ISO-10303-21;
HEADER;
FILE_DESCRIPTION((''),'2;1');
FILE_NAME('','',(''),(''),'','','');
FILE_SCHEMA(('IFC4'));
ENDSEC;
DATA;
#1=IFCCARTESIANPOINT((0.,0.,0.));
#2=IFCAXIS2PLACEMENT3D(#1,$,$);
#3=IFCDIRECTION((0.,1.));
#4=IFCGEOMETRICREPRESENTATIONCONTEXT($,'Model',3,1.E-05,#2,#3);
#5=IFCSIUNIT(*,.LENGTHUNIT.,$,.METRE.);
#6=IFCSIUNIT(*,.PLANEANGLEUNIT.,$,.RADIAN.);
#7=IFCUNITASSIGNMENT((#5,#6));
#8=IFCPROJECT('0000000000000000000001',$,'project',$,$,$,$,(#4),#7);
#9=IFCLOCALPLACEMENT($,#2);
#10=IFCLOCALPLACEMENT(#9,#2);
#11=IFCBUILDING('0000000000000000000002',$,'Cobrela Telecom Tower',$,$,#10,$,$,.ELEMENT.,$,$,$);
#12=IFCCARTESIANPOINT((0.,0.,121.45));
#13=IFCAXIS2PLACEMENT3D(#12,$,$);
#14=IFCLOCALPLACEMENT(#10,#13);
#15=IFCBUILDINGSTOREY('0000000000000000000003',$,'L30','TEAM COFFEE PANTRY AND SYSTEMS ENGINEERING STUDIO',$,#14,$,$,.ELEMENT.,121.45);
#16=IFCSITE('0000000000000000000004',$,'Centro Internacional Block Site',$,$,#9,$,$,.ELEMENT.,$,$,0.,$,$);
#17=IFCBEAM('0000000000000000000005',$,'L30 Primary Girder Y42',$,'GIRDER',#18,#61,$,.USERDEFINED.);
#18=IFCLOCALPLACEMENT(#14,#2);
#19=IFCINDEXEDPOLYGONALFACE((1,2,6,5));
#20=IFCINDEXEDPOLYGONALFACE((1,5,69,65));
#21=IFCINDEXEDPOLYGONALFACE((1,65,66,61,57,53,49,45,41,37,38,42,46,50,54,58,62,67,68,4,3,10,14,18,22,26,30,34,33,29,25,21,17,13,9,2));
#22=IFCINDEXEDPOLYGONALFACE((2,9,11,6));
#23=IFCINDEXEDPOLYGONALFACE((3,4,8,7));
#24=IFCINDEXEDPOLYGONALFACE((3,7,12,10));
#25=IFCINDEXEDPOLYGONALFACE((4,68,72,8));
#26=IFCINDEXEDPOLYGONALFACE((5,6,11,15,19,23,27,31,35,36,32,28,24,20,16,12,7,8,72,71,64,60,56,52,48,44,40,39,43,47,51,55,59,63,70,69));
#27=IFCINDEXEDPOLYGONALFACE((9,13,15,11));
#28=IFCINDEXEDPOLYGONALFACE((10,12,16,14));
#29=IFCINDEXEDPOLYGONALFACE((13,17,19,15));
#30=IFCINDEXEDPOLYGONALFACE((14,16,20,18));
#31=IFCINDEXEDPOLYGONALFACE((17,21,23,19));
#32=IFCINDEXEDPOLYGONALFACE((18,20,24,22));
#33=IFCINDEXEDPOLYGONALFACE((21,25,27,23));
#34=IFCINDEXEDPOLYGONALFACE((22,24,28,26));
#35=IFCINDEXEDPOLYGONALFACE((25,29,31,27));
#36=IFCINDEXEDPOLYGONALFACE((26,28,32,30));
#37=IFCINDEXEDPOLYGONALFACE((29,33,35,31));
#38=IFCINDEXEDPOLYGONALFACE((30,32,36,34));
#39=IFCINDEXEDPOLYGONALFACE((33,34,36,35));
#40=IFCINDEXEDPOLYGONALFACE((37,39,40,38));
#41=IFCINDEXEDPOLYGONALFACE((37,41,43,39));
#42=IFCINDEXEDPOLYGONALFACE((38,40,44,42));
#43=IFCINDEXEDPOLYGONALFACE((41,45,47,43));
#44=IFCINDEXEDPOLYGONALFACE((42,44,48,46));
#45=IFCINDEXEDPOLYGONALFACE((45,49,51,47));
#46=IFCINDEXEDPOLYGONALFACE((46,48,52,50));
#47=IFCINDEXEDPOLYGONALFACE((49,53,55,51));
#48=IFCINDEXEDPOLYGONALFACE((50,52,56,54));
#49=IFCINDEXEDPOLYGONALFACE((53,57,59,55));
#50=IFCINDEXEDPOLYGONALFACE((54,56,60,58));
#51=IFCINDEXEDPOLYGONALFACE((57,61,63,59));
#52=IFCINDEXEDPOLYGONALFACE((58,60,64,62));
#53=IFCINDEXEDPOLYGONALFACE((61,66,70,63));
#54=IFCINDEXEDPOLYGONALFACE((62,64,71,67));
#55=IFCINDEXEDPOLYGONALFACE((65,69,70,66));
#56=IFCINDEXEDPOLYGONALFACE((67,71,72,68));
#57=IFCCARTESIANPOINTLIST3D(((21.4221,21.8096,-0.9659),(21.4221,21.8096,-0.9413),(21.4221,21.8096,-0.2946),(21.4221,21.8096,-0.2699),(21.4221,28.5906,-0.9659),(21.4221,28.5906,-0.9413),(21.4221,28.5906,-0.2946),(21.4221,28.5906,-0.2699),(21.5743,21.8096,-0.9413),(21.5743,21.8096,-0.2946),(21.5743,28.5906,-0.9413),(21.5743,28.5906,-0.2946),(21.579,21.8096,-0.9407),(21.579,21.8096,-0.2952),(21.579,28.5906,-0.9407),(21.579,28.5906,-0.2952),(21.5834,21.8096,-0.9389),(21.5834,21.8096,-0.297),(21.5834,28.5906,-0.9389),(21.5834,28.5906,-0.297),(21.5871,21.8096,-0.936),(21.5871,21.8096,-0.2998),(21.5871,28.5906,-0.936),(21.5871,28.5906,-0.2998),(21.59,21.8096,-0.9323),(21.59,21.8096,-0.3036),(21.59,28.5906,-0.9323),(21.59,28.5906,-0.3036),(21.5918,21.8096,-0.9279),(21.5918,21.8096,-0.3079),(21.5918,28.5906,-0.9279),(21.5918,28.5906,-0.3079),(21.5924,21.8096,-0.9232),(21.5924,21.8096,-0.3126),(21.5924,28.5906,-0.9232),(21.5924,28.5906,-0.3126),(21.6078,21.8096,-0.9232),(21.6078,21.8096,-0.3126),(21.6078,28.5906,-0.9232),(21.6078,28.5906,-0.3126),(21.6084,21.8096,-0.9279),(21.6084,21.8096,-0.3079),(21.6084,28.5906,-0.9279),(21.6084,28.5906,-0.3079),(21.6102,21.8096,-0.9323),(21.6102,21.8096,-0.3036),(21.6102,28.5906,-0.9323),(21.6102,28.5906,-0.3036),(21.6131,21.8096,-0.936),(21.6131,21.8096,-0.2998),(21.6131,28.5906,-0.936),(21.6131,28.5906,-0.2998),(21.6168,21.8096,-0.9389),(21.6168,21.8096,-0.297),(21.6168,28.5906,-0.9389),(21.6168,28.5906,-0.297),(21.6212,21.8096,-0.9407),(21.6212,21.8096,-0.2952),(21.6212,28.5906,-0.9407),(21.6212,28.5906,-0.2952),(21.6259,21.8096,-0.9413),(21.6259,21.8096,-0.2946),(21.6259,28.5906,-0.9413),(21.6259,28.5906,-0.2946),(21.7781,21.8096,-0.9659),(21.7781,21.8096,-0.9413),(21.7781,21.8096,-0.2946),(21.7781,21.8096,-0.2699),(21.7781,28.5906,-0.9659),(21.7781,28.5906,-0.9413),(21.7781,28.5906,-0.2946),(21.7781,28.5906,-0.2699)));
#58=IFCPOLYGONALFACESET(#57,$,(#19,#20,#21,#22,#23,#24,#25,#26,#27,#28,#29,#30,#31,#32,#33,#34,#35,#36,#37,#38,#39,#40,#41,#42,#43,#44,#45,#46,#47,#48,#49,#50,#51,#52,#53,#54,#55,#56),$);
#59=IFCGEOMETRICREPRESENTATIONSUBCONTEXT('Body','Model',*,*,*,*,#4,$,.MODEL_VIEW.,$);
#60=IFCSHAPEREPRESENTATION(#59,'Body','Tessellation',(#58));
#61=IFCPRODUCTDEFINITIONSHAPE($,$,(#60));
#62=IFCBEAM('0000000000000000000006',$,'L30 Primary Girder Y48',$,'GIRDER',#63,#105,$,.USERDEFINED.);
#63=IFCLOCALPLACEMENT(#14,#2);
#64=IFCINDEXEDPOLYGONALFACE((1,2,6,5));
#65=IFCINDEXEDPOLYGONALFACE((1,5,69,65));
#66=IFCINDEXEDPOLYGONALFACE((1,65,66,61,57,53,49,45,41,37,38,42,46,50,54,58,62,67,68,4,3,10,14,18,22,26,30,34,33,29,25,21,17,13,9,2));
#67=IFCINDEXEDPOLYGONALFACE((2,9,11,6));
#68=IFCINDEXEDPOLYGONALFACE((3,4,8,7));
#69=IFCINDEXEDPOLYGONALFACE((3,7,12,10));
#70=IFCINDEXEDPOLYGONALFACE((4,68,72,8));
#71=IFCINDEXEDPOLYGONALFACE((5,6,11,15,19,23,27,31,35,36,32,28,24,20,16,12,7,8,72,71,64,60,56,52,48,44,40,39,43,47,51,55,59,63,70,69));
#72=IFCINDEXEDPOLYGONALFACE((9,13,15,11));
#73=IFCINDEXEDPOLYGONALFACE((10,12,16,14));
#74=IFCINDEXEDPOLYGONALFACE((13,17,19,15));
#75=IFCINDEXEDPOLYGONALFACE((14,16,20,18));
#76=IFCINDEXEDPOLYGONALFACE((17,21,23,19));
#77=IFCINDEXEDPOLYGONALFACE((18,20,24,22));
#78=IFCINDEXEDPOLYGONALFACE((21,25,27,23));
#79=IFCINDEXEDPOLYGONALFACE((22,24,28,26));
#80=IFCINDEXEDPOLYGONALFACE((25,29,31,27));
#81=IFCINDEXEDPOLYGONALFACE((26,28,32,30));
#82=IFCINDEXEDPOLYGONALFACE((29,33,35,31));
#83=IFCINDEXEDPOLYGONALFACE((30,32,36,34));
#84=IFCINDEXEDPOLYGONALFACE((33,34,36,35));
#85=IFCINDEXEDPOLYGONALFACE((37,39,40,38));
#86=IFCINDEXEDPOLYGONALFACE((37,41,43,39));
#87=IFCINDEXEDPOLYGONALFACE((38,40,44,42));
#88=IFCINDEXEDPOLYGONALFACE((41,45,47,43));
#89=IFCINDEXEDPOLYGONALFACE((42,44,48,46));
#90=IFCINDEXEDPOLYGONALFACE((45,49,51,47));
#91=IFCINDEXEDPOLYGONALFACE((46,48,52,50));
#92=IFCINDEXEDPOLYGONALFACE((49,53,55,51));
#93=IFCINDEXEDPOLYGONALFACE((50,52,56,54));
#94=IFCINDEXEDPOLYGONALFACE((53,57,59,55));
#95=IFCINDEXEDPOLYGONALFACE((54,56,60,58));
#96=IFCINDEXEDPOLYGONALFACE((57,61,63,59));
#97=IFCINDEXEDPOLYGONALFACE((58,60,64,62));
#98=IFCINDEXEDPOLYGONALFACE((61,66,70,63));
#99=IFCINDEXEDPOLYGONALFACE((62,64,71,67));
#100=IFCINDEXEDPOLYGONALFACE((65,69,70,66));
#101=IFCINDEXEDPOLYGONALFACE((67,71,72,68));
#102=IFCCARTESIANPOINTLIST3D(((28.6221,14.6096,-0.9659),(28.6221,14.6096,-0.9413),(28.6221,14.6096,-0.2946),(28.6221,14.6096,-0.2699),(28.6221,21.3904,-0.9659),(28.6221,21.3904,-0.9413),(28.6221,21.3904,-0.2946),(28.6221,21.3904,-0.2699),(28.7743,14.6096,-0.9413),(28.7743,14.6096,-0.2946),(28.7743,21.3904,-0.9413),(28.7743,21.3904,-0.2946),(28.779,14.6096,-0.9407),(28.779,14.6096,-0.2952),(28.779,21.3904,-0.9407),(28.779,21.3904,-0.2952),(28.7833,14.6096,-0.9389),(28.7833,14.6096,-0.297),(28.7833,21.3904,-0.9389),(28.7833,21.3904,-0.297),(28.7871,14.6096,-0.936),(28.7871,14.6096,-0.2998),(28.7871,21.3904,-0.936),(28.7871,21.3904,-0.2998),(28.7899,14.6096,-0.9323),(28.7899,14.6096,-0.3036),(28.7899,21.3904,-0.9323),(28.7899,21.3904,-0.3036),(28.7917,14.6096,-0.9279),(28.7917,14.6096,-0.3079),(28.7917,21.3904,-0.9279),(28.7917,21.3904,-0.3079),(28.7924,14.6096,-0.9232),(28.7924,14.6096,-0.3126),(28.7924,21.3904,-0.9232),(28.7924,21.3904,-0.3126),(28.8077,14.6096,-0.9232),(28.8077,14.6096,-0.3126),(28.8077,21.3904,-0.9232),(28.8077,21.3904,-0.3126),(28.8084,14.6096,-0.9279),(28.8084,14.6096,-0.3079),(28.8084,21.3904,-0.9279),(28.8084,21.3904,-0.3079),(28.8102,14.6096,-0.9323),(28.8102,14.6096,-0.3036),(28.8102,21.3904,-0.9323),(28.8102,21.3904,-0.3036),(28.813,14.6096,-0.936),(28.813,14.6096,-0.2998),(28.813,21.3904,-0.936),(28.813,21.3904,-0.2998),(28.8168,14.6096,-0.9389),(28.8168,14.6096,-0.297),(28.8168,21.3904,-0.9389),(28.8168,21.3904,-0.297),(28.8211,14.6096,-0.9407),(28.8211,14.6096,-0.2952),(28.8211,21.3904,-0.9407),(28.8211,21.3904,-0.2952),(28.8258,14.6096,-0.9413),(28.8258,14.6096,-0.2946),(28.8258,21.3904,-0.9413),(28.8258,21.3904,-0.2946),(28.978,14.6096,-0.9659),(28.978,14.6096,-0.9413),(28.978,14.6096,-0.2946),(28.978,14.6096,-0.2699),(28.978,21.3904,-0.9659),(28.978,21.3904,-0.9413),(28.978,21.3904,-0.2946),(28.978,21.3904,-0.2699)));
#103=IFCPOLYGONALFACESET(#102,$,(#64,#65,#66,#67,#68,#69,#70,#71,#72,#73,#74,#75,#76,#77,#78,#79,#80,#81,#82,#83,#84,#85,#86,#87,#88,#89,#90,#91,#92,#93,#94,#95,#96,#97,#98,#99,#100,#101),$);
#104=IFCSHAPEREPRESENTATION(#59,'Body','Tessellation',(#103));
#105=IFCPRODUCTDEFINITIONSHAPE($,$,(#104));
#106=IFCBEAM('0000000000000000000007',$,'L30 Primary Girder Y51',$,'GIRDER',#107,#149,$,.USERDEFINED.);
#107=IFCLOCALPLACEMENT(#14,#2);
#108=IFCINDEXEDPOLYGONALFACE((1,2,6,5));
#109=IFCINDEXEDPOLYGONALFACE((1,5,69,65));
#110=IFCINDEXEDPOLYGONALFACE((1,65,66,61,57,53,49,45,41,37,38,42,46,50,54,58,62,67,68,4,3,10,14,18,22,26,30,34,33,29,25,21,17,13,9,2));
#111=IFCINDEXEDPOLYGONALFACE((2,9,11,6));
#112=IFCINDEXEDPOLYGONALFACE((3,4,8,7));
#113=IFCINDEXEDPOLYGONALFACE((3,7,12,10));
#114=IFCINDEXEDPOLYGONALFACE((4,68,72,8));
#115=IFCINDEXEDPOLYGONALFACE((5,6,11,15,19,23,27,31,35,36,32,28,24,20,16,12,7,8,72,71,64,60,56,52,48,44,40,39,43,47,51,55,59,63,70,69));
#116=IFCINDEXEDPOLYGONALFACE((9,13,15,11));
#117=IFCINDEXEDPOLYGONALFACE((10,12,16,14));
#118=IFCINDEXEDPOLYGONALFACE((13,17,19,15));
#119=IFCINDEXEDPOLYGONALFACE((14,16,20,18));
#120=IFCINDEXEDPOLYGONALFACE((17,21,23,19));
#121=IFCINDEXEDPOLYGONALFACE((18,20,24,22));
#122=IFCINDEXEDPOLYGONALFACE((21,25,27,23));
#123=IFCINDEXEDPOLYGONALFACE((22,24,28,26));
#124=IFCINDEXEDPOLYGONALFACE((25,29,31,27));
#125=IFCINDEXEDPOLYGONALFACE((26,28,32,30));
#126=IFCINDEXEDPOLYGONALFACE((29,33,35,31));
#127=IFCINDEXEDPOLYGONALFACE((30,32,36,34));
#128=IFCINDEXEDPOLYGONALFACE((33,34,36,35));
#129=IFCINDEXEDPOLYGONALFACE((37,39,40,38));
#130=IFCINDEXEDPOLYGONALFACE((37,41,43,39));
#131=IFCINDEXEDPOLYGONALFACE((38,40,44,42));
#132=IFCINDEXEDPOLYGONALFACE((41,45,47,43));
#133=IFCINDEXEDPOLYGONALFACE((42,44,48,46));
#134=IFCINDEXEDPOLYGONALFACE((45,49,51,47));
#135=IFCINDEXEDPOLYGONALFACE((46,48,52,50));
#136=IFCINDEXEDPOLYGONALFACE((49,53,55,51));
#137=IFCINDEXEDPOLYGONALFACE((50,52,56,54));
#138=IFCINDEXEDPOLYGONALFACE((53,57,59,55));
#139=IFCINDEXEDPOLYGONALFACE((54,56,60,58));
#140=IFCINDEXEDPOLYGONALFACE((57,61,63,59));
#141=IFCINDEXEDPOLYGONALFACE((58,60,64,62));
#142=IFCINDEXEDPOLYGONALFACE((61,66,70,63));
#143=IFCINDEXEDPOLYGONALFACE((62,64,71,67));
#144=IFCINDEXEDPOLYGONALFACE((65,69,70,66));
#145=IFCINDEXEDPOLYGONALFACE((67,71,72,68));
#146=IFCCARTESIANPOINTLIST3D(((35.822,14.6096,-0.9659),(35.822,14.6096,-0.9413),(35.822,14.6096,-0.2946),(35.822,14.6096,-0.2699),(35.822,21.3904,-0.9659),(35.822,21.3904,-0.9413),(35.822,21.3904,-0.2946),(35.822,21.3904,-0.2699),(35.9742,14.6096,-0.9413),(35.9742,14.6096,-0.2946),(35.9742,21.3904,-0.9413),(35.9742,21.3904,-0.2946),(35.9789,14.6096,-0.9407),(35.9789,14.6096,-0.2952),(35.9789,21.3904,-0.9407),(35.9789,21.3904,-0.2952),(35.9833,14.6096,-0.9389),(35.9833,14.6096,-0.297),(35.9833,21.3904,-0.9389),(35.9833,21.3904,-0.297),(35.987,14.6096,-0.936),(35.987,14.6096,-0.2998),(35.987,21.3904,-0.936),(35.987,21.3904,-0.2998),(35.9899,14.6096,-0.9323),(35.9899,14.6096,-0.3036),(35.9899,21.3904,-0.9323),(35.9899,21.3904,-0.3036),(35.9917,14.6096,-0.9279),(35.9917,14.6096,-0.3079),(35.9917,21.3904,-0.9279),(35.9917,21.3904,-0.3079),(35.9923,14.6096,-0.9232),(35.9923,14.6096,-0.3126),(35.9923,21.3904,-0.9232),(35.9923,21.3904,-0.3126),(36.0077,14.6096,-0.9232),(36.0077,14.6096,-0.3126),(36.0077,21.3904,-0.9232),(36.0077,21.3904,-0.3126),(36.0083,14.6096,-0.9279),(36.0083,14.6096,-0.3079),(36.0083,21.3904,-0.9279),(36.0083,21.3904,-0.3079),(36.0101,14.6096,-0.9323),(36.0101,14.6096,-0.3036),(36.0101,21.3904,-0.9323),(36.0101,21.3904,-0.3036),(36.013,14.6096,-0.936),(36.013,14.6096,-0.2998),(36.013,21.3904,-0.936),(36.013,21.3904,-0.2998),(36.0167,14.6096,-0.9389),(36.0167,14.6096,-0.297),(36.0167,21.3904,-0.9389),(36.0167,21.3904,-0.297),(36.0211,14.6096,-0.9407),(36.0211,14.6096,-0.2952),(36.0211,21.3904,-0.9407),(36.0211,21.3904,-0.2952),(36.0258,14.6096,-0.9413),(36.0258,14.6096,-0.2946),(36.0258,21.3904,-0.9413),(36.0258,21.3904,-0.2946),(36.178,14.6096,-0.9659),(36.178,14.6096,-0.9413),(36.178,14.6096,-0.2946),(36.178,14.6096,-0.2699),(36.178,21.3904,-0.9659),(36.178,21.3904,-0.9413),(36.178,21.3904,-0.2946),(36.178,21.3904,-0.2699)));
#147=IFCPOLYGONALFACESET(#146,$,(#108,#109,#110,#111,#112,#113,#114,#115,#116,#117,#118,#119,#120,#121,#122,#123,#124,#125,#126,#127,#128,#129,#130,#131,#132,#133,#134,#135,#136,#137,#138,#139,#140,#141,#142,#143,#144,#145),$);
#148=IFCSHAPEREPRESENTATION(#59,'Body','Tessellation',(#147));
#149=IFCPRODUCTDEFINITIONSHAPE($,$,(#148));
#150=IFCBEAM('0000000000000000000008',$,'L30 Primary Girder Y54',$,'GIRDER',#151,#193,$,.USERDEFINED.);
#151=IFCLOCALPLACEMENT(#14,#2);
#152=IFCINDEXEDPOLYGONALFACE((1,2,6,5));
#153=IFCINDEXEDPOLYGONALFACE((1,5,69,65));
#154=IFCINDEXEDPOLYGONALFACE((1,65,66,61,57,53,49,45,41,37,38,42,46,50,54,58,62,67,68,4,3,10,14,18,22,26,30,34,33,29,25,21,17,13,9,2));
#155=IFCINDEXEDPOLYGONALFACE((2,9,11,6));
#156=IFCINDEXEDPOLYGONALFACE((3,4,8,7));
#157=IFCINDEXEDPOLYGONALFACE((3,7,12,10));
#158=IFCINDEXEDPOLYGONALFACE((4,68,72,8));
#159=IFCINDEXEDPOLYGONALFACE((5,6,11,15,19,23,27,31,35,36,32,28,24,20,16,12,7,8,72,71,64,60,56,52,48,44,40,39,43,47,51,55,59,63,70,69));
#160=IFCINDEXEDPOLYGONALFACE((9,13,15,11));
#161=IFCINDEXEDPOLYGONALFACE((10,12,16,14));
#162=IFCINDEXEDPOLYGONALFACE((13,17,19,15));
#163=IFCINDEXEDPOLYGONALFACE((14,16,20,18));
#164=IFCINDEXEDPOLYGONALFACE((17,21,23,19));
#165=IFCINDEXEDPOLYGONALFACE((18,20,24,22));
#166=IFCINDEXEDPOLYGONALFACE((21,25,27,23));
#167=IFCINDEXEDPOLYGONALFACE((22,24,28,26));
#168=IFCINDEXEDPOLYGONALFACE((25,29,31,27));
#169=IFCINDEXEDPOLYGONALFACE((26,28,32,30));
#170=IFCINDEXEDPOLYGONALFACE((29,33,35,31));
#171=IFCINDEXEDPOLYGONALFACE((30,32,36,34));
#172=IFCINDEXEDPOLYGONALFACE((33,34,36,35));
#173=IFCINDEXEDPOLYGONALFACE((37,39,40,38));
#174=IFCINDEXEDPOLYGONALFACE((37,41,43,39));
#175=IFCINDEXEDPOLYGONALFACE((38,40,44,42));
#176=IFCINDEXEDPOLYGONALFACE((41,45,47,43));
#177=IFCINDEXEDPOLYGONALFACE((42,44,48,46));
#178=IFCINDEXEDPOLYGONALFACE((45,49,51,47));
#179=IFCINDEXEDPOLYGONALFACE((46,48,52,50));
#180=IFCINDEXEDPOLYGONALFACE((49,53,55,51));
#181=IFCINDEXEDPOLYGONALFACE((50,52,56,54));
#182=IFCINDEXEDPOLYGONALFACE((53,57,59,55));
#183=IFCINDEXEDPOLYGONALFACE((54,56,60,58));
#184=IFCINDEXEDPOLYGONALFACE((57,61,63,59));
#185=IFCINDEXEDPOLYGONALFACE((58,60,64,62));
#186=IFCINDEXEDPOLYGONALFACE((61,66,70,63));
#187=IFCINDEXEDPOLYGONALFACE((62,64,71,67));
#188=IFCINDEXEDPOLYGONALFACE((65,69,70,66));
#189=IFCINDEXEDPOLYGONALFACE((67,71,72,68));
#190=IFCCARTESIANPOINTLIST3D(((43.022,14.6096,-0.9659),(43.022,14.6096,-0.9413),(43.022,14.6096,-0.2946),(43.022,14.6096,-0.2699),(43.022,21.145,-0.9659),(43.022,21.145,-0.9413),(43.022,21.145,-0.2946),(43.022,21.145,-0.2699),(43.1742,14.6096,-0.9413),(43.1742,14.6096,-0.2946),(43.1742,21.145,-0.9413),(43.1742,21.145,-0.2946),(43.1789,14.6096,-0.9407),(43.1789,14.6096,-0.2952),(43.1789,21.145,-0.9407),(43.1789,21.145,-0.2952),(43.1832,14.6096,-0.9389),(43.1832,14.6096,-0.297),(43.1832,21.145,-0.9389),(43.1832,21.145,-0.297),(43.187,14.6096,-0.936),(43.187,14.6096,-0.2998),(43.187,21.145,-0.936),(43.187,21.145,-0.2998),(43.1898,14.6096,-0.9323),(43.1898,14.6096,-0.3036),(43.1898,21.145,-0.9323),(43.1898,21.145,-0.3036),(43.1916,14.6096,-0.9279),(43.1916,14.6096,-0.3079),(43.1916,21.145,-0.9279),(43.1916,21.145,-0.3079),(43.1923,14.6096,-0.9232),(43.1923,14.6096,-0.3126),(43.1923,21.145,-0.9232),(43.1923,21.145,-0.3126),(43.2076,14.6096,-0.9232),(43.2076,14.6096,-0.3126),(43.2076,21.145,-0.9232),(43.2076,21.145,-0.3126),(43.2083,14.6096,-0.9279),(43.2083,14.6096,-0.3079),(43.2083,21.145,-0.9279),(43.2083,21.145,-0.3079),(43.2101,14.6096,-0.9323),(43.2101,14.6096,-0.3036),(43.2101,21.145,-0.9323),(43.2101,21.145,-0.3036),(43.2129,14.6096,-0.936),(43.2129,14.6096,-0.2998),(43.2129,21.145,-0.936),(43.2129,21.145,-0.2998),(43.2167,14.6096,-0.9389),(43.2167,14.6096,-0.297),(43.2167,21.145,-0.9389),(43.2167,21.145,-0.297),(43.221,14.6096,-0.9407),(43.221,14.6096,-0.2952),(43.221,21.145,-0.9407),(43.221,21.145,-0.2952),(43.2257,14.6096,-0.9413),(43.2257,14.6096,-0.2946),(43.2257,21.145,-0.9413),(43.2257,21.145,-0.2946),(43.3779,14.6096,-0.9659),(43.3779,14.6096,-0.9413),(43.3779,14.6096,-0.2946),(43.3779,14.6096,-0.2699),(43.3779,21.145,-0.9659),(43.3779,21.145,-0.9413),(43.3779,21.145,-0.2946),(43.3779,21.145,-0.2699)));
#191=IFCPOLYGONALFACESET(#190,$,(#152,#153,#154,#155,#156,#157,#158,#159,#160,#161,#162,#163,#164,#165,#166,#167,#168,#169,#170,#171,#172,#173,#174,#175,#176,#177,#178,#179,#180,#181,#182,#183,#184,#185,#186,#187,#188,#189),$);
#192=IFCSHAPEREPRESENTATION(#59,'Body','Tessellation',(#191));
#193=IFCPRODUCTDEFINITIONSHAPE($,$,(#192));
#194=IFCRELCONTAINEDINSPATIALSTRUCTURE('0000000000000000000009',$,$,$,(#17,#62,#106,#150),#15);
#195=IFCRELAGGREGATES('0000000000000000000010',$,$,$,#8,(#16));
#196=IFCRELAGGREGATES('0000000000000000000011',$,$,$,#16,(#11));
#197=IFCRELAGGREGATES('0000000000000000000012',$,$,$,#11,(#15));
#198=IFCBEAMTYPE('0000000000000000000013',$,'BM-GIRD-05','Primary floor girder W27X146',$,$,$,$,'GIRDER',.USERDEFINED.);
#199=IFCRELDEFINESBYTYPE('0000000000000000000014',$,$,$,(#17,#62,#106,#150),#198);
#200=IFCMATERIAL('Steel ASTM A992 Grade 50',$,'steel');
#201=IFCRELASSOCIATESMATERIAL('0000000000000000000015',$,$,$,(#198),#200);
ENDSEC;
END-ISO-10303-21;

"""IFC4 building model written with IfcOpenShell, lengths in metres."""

from ifc_helpers import new_model, si_unit, direction, frame, origin, origin_2d, place, context, subcontext, project, spatial, i_section, extrude, material, material_profile, profile_set, type_object, element, save


model = new_model("IFC4")

# Units and contexts
model_context = context("Model", 3, precision=1e-05, world=origin(), true_north=direction((0.0, 1.0)))
body_context = subcontext(model_context, "Body", "Model", "MODEL_VIEW")
ifc_project = project(units=[si_unit("LENGTHUNIT", "METRE"), si_unit("PLANEANGLEUNIT", "RADIAN")], contexts=[model_context])

# Site, building, storey
site_placement = place(None, origin())
site = spatial("IfcSite", under=ifc_project, at=site_placement, Name="Centro Internacional Block Site", CompositionType="ELEMENT", RefElevation=0.0)
building_placement = place(site_placement, origin())
building = spatial("IfcBuilding", under=site, at=building_placement, Name="Cobrela Telecom Tower", CompositionType="ELEMENT")
storey_placement = place(building_placement, frame((0.0, 0.0, 121.45)))
storey = spatial("IfcBuildingStorey", under=building, at=storey_placement, Name="L30", Description="TEAM COFFEE PANTRY AND SYSTEMS ENGINEERING STUDIO", CompositionType="ELEMENT", Elevation=121.45)

# Shared definitions
ifc_material_1 = material(Name="Steel ASTM A992 Grade 50", Category="steel")

# Beams
ifc_material_profile_1 = material_profile(ifc_material_1, i_section(OverallWidth=0.356, OverallDepth=0.696, WebThickness=0.0154, FlangeThickness=0.0247, FilletRadius=0.0181, at=origin_2d()), Name="W27X146")
ifc_profile_set_1 = profile_set([ifc_material_profile_1], Name="Steel ASTM A992 Grade 50")
beam_type_1 = type_object("IfcBeamType", Name="BM-GIRD-05", Description="Primary floor girder W27X146", ElementType="GIRDER", PredefinedType="USERDEFINED", material=ifc_profile_set_1)
beam_1_placement = place(storey_placement, frame((21.6001, 21.8096, -0.6179), z_axis=(0.0, 1.0, 0.0), x_axis=(-1.0, 0.0, 0.0)))
element("IfcBeam", 1, at=beam_1_placement, inside=storey, type_object=beam_type_1, Name="L30 Primary Girder Y42", ObjectType="GIRDER", PredefinedType="USERDEFINED", context=body_context, shape_type="SweptSolid", body=[
    extrude(i_section(OverallWidth=0.356, OverallDepth=0.696, WebThickness=0.0154, FlangeThickness=0.0247, FilletRadius=0.0181, at=origin_2d()), origin(), (0.0, 0.0, 1.0), 6.781),
])
for number, where, z_axis, x_axis, name in (
    (2, (28.8, 14.6096, -0.6179), (0.0, 1.0, 0.0), (-1.0, 0.0, 0.0), "L30 Primary Girder Y48"),
    (3, (36.0, 14.6096, -0.6179), (0.0, 1.0, 0.0), (-1.0, 0.0, 0.0), "L30 Primary Girder Y51"),
):
    element("IfcBeam", number, at=place(storey_placement, frame(where, z_axis=z_axis, x_axis=x_axis)), inside=storey, type_object=beam_type_1, Name=name, ObjectType="GIRDER", PredefinedType="USERDEFINED", context=body_context, shape_type="SweptSolid", body=[
        extrude(i_section(OverallWidth=0.356, OverallDepth=0.696, WebThickness=0.0154, FlangeThickness=0.0247, FilletRadius=0.0181, at=origin_2d()), origin(), (0.0, 0.0, 1.0), 6.7808),
    ])
beam_2_placement = place(storey_placement, frame((43.2, 14.6096, -0.6179), z_axis=(0.0, 1.0, 0.0), x_axis=(-1.0, 0.0, 0.0)))
element("IfcBeam", 4, at=beam_2_placement, inside=storey, type_object=beam_type_1, Name="L30 Primary Girder Y54", ObjectType="GIRDER", PredefinedType="USERDEFINED", context=body_context, shape_type="SweptSolid", body=[
    extrude(i_section(OverallWidth=0.356, OverallDepth=0.696, WebThickness=0.0154, FlangeThickness=0.0247, FilletRadius=0.0181, at=origin_2d()), origin(), (0.0, 0.0, 1.0), 6.5354),
])

save(model, "model.ifc")
